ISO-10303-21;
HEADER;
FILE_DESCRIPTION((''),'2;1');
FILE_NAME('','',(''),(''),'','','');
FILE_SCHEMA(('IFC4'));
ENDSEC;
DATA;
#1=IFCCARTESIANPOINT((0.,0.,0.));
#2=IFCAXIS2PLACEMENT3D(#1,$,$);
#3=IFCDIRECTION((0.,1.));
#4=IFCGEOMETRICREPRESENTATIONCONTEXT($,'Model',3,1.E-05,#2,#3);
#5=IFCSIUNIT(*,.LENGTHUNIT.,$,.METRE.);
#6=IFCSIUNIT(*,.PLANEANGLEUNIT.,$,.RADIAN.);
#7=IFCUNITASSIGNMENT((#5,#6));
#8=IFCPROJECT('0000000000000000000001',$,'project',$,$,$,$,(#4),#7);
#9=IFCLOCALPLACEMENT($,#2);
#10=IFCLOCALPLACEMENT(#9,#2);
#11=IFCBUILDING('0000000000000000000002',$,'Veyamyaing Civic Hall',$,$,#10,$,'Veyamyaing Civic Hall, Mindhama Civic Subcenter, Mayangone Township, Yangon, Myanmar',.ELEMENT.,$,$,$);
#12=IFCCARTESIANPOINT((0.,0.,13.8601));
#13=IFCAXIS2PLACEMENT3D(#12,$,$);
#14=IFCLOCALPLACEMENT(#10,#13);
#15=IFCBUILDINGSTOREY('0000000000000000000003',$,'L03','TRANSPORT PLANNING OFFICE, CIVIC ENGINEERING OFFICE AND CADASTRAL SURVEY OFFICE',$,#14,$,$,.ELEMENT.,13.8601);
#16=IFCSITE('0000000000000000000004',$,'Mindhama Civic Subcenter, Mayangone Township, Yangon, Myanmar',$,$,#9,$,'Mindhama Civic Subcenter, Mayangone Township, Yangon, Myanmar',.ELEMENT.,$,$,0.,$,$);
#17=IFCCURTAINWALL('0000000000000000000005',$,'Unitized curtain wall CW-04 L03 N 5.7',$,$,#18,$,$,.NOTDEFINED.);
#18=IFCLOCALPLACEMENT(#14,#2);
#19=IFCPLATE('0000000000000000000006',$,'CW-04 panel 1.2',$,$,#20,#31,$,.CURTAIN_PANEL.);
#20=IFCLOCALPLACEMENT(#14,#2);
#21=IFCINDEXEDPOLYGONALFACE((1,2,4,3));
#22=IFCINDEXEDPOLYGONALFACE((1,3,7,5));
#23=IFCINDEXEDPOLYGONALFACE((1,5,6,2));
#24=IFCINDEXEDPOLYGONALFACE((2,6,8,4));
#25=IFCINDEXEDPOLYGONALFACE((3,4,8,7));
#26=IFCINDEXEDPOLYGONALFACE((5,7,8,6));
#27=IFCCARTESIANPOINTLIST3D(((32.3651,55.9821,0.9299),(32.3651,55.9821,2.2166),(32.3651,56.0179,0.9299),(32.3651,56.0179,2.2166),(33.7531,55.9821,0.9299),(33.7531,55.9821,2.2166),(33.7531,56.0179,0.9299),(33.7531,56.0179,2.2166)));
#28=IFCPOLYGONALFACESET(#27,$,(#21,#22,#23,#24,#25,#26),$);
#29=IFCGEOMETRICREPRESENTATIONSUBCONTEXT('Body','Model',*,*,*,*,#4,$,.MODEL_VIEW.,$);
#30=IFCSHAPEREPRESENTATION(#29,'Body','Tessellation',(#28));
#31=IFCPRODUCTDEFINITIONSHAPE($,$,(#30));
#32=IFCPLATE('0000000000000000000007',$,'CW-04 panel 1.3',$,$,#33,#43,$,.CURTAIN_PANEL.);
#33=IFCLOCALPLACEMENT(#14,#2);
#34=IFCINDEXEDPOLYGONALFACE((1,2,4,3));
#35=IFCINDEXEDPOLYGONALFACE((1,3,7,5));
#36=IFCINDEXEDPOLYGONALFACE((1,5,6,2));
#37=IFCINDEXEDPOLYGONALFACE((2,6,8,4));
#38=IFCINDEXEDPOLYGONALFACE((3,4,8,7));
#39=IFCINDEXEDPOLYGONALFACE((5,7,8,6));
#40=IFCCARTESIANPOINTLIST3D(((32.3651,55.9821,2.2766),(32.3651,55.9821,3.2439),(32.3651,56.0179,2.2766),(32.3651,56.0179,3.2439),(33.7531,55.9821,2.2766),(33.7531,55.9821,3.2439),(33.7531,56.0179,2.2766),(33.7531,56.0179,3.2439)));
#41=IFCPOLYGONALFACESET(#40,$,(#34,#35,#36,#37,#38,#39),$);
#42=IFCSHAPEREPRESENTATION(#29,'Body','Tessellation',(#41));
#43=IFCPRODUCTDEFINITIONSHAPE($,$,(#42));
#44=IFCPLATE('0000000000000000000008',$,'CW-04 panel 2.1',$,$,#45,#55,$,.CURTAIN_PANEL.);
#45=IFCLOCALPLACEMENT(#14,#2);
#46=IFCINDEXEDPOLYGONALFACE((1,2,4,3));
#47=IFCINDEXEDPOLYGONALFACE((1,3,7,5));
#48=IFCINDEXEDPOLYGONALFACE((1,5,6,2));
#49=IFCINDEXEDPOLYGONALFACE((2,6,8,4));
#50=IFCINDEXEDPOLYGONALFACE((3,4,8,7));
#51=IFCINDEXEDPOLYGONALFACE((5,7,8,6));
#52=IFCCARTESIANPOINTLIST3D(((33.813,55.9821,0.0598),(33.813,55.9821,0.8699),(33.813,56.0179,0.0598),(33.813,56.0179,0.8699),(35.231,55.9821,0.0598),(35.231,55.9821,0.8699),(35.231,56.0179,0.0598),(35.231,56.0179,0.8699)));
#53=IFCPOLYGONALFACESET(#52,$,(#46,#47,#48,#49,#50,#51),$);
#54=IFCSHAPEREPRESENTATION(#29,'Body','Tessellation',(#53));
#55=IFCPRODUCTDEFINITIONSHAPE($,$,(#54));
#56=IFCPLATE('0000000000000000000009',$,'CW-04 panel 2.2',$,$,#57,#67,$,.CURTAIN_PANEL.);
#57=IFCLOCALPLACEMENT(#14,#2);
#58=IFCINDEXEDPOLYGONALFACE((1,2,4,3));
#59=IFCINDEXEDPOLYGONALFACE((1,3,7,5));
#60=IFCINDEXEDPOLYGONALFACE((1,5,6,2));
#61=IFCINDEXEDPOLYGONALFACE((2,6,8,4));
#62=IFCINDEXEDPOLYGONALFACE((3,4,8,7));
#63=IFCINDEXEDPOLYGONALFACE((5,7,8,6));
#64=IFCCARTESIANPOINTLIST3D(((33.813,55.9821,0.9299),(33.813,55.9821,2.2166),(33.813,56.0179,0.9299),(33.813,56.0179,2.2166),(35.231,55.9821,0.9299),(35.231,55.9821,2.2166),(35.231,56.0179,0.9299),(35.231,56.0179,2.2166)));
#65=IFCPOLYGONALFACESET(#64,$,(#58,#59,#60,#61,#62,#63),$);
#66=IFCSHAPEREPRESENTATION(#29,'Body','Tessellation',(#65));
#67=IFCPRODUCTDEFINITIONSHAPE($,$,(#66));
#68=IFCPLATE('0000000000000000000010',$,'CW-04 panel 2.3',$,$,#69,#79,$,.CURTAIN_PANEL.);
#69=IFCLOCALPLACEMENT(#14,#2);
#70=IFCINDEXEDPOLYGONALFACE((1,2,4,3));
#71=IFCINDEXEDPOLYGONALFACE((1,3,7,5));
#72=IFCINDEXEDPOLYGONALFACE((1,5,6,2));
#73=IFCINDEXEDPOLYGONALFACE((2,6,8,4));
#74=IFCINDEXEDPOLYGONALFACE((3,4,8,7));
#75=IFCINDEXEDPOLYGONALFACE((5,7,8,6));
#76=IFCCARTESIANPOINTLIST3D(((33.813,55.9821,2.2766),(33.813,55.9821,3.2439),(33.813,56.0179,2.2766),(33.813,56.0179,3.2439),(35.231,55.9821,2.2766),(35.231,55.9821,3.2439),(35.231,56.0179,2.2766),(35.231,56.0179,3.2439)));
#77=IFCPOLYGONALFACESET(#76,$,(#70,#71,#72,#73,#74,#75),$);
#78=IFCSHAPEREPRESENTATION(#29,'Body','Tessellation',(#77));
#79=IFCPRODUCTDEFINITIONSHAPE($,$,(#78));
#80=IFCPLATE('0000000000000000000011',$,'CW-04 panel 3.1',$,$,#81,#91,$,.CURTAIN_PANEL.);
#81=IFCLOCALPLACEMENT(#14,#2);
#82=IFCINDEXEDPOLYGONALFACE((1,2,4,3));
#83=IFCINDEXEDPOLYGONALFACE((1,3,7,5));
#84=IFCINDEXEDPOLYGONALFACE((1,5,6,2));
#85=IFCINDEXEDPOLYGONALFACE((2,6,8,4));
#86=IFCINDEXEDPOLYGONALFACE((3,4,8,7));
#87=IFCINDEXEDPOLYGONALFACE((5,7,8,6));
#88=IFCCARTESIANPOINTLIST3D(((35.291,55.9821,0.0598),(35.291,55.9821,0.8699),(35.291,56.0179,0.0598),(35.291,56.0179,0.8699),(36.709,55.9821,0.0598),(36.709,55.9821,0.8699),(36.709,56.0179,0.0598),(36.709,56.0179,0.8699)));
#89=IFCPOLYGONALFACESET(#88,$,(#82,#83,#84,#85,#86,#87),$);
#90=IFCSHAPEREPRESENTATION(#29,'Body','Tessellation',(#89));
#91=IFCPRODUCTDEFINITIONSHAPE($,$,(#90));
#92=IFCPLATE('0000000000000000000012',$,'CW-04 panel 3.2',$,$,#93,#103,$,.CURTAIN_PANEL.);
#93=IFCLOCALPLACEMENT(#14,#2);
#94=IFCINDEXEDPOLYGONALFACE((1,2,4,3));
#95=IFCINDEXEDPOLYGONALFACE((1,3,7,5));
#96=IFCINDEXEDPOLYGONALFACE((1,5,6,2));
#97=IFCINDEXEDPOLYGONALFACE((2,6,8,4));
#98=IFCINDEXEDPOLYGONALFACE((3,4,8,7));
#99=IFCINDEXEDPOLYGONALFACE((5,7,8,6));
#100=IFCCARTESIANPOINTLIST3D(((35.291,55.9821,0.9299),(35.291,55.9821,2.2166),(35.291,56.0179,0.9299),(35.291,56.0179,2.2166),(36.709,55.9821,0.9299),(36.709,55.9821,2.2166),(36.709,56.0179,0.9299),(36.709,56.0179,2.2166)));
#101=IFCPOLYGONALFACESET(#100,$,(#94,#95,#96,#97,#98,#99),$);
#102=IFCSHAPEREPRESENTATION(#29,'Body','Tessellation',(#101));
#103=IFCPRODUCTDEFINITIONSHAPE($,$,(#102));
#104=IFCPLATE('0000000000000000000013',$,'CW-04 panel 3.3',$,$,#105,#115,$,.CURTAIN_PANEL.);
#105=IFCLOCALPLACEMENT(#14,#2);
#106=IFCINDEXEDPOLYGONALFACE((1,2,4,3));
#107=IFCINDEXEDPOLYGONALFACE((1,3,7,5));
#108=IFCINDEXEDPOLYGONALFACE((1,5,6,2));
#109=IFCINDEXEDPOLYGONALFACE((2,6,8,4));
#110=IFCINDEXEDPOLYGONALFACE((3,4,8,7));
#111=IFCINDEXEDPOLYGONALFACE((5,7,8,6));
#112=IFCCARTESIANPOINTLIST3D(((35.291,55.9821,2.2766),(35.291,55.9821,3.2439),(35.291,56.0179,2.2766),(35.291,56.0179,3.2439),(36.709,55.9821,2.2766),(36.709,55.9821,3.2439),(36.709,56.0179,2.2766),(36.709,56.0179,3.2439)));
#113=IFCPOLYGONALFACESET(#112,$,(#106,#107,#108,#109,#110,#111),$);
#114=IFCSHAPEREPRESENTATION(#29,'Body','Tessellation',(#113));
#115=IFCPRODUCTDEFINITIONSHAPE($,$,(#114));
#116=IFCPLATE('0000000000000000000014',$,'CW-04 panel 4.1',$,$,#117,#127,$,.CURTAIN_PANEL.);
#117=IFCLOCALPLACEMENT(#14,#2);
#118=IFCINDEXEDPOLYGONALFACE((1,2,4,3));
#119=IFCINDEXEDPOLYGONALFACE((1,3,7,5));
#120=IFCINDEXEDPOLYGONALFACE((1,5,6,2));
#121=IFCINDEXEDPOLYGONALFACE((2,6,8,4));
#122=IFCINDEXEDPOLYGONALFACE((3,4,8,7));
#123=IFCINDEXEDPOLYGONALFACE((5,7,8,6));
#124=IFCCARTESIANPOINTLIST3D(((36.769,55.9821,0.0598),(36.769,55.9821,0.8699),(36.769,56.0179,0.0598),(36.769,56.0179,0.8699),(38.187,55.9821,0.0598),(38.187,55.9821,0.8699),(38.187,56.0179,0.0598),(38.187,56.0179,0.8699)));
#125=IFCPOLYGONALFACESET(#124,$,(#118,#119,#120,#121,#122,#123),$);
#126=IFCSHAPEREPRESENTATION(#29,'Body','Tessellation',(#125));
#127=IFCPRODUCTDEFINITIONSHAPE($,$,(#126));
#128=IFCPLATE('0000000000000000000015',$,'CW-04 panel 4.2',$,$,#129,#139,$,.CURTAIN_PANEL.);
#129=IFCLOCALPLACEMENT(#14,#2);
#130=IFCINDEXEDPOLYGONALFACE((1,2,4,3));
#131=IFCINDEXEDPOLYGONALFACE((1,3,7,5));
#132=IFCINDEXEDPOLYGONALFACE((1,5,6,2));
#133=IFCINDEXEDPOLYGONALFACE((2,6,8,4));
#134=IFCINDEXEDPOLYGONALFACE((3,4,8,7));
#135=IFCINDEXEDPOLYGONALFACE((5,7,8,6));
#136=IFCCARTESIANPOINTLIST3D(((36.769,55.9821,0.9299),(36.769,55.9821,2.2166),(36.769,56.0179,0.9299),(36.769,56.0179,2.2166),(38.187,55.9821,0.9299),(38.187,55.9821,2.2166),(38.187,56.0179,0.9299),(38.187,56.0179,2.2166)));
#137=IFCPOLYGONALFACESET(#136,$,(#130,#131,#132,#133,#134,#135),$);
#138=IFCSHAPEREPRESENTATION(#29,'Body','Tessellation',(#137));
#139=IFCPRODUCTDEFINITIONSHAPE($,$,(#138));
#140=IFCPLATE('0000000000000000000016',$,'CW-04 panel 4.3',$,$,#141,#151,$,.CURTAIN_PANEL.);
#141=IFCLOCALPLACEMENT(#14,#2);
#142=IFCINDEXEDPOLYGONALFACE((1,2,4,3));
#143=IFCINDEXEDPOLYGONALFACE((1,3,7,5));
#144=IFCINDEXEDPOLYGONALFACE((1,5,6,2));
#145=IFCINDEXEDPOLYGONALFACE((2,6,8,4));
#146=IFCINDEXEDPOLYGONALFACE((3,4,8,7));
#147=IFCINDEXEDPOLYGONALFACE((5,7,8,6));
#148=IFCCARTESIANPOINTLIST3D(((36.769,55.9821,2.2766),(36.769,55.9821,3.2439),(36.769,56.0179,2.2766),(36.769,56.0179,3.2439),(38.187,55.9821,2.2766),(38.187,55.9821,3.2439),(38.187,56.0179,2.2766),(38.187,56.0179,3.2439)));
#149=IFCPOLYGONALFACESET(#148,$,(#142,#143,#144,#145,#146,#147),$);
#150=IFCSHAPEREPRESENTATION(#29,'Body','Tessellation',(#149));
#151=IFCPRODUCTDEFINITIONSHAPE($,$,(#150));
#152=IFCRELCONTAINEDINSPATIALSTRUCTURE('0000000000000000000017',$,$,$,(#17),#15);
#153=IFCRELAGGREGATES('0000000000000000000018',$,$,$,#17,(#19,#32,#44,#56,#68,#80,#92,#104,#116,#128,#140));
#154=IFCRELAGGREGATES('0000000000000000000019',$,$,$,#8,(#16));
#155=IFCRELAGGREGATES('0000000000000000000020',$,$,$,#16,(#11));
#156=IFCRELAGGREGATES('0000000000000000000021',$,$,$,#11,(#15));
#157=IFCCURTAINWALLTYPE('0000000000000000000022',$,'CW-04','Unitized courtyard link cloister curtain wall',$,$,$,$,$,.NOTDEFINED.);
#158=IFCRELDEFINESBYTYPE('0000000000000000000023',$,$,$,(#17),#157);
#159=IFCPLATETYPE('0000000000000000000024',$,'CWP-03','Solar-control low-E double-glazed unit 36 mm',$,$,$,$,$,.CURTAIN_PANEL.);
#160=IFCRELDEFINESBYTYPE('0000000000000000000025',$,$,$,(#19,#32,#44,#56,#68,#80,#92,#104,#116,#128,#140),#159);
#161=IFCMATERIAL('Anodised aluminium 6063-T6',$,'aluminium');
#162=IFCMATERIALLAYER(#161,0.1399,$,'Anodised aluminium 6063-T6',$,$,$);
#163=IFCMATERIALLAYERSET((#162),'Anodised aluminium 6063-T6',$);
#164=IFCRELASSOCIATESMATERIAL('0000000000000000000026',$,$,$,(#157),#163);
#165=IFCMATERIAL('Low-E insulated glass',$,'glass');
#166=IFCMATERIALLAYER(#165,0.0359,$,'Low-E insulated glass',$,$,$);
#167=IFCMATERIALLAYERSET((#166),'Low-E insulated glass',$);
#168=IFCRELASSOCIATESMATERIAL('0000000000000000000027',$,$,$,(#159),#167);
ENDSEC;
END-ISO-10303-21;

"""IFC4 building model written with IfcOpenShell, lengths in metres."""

from ifc_helpers import new_model, si_unit, direction, frame, origin, origin_2d, place, context, subcontext, project, spatial, rectangle, extrude, material, layer, layer_set, type_object, element, aggregate, save


model = new_model("IFC4")

# Units and contexts
model_context = context("Model", 3, precision=1e-05, world=origin(), true_north=direction((0.0, 1.0)))
body_context = subcontext(model_context, "Body", "Model", "MODEL_VIEW")
ifc_project = project(units=[si_unit("LENGTHUNIT", "METRE"), si_unit("PLANEANGLEUNIT", "RADIAN")], contexts=[model_context])

# Site, building, storey
site_placement = place(None, origin())
site = spatial("IfcSite", under=ifc_project, at=site_placement, Name="Mindhama Civic Subcenter, Mayangone Township, Yangon, Myanmar", LongName="Mindhama Civic Subcenter, Mayangone Township, Yangon, Myanmar", CompositionType="ELEMENT", RefElevation=0.0)
building_placement = place(site_placement, origin())
building = spatial("IfcBuilding", under=site, at=building_placement, Name="Veyamyaing Civic Hall", LongName="Veyamyaing Civic Hall, Mindhama Civic Subcenter, Mayangone Township, Yangon, Myanmar", CompositionType="ELEMENT")
storey_placement = place(building_placement, frame((0.0, 0.0, 13.8601)))
storey = spatial("IfcBuildingStorey", under=building, at=storey_placement, Name="L03", Description="TRANSPORT PLANNING OFFICE, CIVIC ENGINEERING OFFICE AND CADASTRAL SURVEY OFFICE", CompositionType="ELEMENT", Elevation=13.8601)

# Shared definitions
ifc_material_1 = material(Name="Anodised aluminium 6063-T6", Category="aluminium")
ifc_layer_1 = layer(ifc_material_1, 0.1399, Name="Anodised aluminium 6063-T6")
ifc_layer_set_1 = layer_set([ifc_layer_1], Name="Anodised aluminium 6063-T6")
curtain_wall_type = type_object("IfcCurtainWallType", Name="CW-04", Description="Unitized courtyard link cloister curtain wall", PredefinedType="NOTDEFINED", material=ifc_layer_set_1)

# Curtain wall
curtain_wall_1_placement = place(storey_placement, origin())
curtain_wall_1 = element("IfcCurtainWall", 1, at=curtain_wall_1_placement, inside=storey, type_object=curtain_wall_type, Name="Unitized curtain wall CW-04 L03 N 5.7", PredefinedType="NOTDEFINED")

# Plates
ifc_material_2 = material(Name="Low-E insulated glass", Category="glass")
ifc_layer_2 = layer(ifc_material_2, 0.0359, Name="Low-E insulated glass")
ifc_layer_set_2 = layer_set([ifc_layer_2], Name="Low-E insulated glass")
plate_type_1 = type_object("IfcPlateType", Name="CWP-03", Description="Solar-control low-E double-glazed unit 36 mm", PredefinedType="CURTAIN_PANEL", material=ifc_layer_set_2)
plate_1_placement = place(storey_placement, frame((33.0591, 56.0, 0.9299), z_axis=(0.0, 0.0, 1.0), x_axis=(1.0, 0.0, 0.0)))
plate_1 = element("IfcPlate", 2, at=plate_1_placement, type_object=plate_type_1, Name="CW-04 panel 1.2", PredefinedType="CURTAIN_PANEL", context=body_context, shape_type="SweptSolid", body=[
    extrude(rectangle(XDim=1.3879, YDim=0.0359, at=origin_2d()), origin(), (0.0, 0.0, 1.0), 1.2866),
])
plate_2_placement = place(storey_placement, frame((33.0591, 56.0, 2.2766), z_axis=(0.0, 0.0, 1.0), x_axis=(1.0, 0.0, 0.0)))
plate_2 = element("IfcPlate", 3, at=plate_2_placement, type_object=plate_type_1, Name="CW-04 panel 1.3", PredefinedType="CURTAIN_PANEL", context=body_context, shape_type="SweptSolid", body=[
    extrude(rectangle(XDim=1.3879, YDim=0.0359, at=origin_2d()), origin(), (0.0, 0.0, 1.0), 0.9673),
])
plate_3_placement = place(storey_placement, frame((34.522, 56.0, 0.0598), z_axis=(0.0, 0.0, 1.0), x_axis=(1.0, 0.0, 0.0)))
plate_3 = element("IfcPlate", 4, at=plate_3_placement, type_object=plate_type_1, Name="CW-04 panel 2.1", PredefinedType="CURTAIN_PANEL", context=body_context, shape_type="SweptSolid", body=[
    extrude(rectangle(XDim=1.418, YDim=0.0359, at=origin_2d()), origin(), (0.0, 0.0, 1.0), 0.8101),
])
plate_4_placement = place(storey_placement, frame((34.522, 56.0, 0.9299), z_axis=(0.0, 0.0, 1.0), x_axis=(1.0, 0.0, 0.0)))
plate_4 = element("IfcPlate", 5, at=plate_4_placement, type_object=plate_type_1, Name="CW-04 panel 2.2", PredefinedType="CURTAIN_PANEL", context=body_context, shape_type="SweptSolid", body=[
    extrude(rectangle(XDim=1.418, YDim=0.0359, at=origin_2d()), origin(), (0.0, 0.0, 1.0), 1.2866),
])
plate_5_placement = place(storey_placement, frame((34.522, 56.0, 2.2766), z_axis=(0.0, 0.0, 1.0), x_axis=(1.0, 0.0, 0.0)))
plate_5 = element("IfcPlate", 6, at=plate_5_placement, type_object=plate_type_1, Name="CW-04 panel 2.3", PredefinedType="CURTAIN_PANEL", context=body_context, shape_type="SweptSolid", body=[
    extrude(rectangle(XDim=1.418, YDim=0.0359, at=origin_2d()), origin(), (0.0, 0.0, 1.0), 0.9673),
])
plate_6_placement = place(storey_placement, frame((36.0, 56.0, 0.0598), z_axis=(0.0, 0.0, 1.0), x_axis=(1.0, 0.0, 0.0)))
plate_6 = element("IfcPlate", 7, at=plate_6_placement, type_object=plate_type_1, Name="CW-04 panel 3.1", PredefinedType="CURTAIN_PANEL", context=body_context, shape_type="SweptSolid", body=[
    extrude(rectangle(XDim=1.418, YDim=0.0359, at=origin_2d()), origin(), (0.0, 0.0, 1.0), 0.8101),
])
plate_7_placement = place(storey_placement, frame((36.0, 56.0, 0.9299), z_axis=(0.0, 0.0, 1.0), x_axis=(1.0, 0.0, 0.0)))
plate_7 = element("IfcPlate", 8, at=plate_7_placement, type_object=plate_type_1, Name="CW-04 panel 3.2", PredefinedType="CURTAIN_PANEL", context=body_context, shape_type="SweptSolid", body=[
    extrude(rectangle(XDim=1.418, YDim=0.0359, at=origin_2d()), origin(), (0.0, 0.0, 1.0), 1.2866),
])
plate_8_placement = place(storey_placement, frame((36.0, 56.0, 2.2766), z_axis=(0.0, 0.0, 1.0), x_axis=(1.0, 0.0, 0.0)))
plate_8 = element("IfcPlate", 9, at=plate_8_placement, type_object=plate_type_1, Name="CW-04 panel 3.3", PredefinedType="CURTAIN_PANEL", context=body_context, shape_type="SweptSolid", body=[
    extrude(rectangle(XDim=1.418, YDim=0.0359, at=origin_2d()), origin(), (0.0, 0.0, 1.0), 0.9673),
])
plate_9_placement = place(storey_placement, frame((37.478, 56.0, 0.0598), z_axis=(0.0, 0.0, 1.0), x_axis=(1.0, 0.0, 0.0)))
plate_9 = element("IfcPlate", 10, at=plate_9_placement, type_object=plate_type_1, Name="CW-04 panel 4.1", PredefinedType="CURTAIN_PANEL", context=body_context, shape_type="SweptSolid", body=[
    extrude(rectangle(XDim=1.418, YDim=0.0359, at=origin_2d()), origin(), (0.0, 0.0, 1.0), 0.8101),
])
plate_10_placement = place(storey_placement, frame((37.478, 56.0, 0.9299), z_axis=(0.0, 0.0, 1.0), x_axis=(1.0, 0.0, 0.0)))
plate_10 = element("IfcPlate", 11, at=plate_10_placement, type_object=plate_type_1, Name="CW-04 panel 4.2", PredefinedType="CURTAIN_PANEL", context=body_context, shape_type="SweptSolid", body=[
    extrude(rectangle(XDim=1.418, YDim=0.0359, at=origin_2d()), origin(), (0.0, 0.0, 1.0), 1.2866),
])
plate_11_placement = place(storey_placement, frame((37.478, 56.0, 2.2766), z_axis=(0.0, 0.0, 1.0), x_axis=(1.0, 0.0, 0.0)))
plate_11 = element("IfcPlate", 12, at=plate_11_placement, type_object=plate_type_1, Name="CW-04 panel 4.3", PredefinedType="CURTAIN_PANEL", context=body_context, shape_type="SweptSolid", body=[
    extrude(rectangle(XDim=1.418, YDim=0.0359, at=origin_2d()), origin(), (0.0, 0.0, 1.0), 0.9673),
])
aggregate(curtain_wall_1, [plate_1, plate_2, plate_3, plate_4, plate_5, plate_6, plate_7, plate_8, plate_9, plate_10, plate_11])

save(model, "model.ifc")
